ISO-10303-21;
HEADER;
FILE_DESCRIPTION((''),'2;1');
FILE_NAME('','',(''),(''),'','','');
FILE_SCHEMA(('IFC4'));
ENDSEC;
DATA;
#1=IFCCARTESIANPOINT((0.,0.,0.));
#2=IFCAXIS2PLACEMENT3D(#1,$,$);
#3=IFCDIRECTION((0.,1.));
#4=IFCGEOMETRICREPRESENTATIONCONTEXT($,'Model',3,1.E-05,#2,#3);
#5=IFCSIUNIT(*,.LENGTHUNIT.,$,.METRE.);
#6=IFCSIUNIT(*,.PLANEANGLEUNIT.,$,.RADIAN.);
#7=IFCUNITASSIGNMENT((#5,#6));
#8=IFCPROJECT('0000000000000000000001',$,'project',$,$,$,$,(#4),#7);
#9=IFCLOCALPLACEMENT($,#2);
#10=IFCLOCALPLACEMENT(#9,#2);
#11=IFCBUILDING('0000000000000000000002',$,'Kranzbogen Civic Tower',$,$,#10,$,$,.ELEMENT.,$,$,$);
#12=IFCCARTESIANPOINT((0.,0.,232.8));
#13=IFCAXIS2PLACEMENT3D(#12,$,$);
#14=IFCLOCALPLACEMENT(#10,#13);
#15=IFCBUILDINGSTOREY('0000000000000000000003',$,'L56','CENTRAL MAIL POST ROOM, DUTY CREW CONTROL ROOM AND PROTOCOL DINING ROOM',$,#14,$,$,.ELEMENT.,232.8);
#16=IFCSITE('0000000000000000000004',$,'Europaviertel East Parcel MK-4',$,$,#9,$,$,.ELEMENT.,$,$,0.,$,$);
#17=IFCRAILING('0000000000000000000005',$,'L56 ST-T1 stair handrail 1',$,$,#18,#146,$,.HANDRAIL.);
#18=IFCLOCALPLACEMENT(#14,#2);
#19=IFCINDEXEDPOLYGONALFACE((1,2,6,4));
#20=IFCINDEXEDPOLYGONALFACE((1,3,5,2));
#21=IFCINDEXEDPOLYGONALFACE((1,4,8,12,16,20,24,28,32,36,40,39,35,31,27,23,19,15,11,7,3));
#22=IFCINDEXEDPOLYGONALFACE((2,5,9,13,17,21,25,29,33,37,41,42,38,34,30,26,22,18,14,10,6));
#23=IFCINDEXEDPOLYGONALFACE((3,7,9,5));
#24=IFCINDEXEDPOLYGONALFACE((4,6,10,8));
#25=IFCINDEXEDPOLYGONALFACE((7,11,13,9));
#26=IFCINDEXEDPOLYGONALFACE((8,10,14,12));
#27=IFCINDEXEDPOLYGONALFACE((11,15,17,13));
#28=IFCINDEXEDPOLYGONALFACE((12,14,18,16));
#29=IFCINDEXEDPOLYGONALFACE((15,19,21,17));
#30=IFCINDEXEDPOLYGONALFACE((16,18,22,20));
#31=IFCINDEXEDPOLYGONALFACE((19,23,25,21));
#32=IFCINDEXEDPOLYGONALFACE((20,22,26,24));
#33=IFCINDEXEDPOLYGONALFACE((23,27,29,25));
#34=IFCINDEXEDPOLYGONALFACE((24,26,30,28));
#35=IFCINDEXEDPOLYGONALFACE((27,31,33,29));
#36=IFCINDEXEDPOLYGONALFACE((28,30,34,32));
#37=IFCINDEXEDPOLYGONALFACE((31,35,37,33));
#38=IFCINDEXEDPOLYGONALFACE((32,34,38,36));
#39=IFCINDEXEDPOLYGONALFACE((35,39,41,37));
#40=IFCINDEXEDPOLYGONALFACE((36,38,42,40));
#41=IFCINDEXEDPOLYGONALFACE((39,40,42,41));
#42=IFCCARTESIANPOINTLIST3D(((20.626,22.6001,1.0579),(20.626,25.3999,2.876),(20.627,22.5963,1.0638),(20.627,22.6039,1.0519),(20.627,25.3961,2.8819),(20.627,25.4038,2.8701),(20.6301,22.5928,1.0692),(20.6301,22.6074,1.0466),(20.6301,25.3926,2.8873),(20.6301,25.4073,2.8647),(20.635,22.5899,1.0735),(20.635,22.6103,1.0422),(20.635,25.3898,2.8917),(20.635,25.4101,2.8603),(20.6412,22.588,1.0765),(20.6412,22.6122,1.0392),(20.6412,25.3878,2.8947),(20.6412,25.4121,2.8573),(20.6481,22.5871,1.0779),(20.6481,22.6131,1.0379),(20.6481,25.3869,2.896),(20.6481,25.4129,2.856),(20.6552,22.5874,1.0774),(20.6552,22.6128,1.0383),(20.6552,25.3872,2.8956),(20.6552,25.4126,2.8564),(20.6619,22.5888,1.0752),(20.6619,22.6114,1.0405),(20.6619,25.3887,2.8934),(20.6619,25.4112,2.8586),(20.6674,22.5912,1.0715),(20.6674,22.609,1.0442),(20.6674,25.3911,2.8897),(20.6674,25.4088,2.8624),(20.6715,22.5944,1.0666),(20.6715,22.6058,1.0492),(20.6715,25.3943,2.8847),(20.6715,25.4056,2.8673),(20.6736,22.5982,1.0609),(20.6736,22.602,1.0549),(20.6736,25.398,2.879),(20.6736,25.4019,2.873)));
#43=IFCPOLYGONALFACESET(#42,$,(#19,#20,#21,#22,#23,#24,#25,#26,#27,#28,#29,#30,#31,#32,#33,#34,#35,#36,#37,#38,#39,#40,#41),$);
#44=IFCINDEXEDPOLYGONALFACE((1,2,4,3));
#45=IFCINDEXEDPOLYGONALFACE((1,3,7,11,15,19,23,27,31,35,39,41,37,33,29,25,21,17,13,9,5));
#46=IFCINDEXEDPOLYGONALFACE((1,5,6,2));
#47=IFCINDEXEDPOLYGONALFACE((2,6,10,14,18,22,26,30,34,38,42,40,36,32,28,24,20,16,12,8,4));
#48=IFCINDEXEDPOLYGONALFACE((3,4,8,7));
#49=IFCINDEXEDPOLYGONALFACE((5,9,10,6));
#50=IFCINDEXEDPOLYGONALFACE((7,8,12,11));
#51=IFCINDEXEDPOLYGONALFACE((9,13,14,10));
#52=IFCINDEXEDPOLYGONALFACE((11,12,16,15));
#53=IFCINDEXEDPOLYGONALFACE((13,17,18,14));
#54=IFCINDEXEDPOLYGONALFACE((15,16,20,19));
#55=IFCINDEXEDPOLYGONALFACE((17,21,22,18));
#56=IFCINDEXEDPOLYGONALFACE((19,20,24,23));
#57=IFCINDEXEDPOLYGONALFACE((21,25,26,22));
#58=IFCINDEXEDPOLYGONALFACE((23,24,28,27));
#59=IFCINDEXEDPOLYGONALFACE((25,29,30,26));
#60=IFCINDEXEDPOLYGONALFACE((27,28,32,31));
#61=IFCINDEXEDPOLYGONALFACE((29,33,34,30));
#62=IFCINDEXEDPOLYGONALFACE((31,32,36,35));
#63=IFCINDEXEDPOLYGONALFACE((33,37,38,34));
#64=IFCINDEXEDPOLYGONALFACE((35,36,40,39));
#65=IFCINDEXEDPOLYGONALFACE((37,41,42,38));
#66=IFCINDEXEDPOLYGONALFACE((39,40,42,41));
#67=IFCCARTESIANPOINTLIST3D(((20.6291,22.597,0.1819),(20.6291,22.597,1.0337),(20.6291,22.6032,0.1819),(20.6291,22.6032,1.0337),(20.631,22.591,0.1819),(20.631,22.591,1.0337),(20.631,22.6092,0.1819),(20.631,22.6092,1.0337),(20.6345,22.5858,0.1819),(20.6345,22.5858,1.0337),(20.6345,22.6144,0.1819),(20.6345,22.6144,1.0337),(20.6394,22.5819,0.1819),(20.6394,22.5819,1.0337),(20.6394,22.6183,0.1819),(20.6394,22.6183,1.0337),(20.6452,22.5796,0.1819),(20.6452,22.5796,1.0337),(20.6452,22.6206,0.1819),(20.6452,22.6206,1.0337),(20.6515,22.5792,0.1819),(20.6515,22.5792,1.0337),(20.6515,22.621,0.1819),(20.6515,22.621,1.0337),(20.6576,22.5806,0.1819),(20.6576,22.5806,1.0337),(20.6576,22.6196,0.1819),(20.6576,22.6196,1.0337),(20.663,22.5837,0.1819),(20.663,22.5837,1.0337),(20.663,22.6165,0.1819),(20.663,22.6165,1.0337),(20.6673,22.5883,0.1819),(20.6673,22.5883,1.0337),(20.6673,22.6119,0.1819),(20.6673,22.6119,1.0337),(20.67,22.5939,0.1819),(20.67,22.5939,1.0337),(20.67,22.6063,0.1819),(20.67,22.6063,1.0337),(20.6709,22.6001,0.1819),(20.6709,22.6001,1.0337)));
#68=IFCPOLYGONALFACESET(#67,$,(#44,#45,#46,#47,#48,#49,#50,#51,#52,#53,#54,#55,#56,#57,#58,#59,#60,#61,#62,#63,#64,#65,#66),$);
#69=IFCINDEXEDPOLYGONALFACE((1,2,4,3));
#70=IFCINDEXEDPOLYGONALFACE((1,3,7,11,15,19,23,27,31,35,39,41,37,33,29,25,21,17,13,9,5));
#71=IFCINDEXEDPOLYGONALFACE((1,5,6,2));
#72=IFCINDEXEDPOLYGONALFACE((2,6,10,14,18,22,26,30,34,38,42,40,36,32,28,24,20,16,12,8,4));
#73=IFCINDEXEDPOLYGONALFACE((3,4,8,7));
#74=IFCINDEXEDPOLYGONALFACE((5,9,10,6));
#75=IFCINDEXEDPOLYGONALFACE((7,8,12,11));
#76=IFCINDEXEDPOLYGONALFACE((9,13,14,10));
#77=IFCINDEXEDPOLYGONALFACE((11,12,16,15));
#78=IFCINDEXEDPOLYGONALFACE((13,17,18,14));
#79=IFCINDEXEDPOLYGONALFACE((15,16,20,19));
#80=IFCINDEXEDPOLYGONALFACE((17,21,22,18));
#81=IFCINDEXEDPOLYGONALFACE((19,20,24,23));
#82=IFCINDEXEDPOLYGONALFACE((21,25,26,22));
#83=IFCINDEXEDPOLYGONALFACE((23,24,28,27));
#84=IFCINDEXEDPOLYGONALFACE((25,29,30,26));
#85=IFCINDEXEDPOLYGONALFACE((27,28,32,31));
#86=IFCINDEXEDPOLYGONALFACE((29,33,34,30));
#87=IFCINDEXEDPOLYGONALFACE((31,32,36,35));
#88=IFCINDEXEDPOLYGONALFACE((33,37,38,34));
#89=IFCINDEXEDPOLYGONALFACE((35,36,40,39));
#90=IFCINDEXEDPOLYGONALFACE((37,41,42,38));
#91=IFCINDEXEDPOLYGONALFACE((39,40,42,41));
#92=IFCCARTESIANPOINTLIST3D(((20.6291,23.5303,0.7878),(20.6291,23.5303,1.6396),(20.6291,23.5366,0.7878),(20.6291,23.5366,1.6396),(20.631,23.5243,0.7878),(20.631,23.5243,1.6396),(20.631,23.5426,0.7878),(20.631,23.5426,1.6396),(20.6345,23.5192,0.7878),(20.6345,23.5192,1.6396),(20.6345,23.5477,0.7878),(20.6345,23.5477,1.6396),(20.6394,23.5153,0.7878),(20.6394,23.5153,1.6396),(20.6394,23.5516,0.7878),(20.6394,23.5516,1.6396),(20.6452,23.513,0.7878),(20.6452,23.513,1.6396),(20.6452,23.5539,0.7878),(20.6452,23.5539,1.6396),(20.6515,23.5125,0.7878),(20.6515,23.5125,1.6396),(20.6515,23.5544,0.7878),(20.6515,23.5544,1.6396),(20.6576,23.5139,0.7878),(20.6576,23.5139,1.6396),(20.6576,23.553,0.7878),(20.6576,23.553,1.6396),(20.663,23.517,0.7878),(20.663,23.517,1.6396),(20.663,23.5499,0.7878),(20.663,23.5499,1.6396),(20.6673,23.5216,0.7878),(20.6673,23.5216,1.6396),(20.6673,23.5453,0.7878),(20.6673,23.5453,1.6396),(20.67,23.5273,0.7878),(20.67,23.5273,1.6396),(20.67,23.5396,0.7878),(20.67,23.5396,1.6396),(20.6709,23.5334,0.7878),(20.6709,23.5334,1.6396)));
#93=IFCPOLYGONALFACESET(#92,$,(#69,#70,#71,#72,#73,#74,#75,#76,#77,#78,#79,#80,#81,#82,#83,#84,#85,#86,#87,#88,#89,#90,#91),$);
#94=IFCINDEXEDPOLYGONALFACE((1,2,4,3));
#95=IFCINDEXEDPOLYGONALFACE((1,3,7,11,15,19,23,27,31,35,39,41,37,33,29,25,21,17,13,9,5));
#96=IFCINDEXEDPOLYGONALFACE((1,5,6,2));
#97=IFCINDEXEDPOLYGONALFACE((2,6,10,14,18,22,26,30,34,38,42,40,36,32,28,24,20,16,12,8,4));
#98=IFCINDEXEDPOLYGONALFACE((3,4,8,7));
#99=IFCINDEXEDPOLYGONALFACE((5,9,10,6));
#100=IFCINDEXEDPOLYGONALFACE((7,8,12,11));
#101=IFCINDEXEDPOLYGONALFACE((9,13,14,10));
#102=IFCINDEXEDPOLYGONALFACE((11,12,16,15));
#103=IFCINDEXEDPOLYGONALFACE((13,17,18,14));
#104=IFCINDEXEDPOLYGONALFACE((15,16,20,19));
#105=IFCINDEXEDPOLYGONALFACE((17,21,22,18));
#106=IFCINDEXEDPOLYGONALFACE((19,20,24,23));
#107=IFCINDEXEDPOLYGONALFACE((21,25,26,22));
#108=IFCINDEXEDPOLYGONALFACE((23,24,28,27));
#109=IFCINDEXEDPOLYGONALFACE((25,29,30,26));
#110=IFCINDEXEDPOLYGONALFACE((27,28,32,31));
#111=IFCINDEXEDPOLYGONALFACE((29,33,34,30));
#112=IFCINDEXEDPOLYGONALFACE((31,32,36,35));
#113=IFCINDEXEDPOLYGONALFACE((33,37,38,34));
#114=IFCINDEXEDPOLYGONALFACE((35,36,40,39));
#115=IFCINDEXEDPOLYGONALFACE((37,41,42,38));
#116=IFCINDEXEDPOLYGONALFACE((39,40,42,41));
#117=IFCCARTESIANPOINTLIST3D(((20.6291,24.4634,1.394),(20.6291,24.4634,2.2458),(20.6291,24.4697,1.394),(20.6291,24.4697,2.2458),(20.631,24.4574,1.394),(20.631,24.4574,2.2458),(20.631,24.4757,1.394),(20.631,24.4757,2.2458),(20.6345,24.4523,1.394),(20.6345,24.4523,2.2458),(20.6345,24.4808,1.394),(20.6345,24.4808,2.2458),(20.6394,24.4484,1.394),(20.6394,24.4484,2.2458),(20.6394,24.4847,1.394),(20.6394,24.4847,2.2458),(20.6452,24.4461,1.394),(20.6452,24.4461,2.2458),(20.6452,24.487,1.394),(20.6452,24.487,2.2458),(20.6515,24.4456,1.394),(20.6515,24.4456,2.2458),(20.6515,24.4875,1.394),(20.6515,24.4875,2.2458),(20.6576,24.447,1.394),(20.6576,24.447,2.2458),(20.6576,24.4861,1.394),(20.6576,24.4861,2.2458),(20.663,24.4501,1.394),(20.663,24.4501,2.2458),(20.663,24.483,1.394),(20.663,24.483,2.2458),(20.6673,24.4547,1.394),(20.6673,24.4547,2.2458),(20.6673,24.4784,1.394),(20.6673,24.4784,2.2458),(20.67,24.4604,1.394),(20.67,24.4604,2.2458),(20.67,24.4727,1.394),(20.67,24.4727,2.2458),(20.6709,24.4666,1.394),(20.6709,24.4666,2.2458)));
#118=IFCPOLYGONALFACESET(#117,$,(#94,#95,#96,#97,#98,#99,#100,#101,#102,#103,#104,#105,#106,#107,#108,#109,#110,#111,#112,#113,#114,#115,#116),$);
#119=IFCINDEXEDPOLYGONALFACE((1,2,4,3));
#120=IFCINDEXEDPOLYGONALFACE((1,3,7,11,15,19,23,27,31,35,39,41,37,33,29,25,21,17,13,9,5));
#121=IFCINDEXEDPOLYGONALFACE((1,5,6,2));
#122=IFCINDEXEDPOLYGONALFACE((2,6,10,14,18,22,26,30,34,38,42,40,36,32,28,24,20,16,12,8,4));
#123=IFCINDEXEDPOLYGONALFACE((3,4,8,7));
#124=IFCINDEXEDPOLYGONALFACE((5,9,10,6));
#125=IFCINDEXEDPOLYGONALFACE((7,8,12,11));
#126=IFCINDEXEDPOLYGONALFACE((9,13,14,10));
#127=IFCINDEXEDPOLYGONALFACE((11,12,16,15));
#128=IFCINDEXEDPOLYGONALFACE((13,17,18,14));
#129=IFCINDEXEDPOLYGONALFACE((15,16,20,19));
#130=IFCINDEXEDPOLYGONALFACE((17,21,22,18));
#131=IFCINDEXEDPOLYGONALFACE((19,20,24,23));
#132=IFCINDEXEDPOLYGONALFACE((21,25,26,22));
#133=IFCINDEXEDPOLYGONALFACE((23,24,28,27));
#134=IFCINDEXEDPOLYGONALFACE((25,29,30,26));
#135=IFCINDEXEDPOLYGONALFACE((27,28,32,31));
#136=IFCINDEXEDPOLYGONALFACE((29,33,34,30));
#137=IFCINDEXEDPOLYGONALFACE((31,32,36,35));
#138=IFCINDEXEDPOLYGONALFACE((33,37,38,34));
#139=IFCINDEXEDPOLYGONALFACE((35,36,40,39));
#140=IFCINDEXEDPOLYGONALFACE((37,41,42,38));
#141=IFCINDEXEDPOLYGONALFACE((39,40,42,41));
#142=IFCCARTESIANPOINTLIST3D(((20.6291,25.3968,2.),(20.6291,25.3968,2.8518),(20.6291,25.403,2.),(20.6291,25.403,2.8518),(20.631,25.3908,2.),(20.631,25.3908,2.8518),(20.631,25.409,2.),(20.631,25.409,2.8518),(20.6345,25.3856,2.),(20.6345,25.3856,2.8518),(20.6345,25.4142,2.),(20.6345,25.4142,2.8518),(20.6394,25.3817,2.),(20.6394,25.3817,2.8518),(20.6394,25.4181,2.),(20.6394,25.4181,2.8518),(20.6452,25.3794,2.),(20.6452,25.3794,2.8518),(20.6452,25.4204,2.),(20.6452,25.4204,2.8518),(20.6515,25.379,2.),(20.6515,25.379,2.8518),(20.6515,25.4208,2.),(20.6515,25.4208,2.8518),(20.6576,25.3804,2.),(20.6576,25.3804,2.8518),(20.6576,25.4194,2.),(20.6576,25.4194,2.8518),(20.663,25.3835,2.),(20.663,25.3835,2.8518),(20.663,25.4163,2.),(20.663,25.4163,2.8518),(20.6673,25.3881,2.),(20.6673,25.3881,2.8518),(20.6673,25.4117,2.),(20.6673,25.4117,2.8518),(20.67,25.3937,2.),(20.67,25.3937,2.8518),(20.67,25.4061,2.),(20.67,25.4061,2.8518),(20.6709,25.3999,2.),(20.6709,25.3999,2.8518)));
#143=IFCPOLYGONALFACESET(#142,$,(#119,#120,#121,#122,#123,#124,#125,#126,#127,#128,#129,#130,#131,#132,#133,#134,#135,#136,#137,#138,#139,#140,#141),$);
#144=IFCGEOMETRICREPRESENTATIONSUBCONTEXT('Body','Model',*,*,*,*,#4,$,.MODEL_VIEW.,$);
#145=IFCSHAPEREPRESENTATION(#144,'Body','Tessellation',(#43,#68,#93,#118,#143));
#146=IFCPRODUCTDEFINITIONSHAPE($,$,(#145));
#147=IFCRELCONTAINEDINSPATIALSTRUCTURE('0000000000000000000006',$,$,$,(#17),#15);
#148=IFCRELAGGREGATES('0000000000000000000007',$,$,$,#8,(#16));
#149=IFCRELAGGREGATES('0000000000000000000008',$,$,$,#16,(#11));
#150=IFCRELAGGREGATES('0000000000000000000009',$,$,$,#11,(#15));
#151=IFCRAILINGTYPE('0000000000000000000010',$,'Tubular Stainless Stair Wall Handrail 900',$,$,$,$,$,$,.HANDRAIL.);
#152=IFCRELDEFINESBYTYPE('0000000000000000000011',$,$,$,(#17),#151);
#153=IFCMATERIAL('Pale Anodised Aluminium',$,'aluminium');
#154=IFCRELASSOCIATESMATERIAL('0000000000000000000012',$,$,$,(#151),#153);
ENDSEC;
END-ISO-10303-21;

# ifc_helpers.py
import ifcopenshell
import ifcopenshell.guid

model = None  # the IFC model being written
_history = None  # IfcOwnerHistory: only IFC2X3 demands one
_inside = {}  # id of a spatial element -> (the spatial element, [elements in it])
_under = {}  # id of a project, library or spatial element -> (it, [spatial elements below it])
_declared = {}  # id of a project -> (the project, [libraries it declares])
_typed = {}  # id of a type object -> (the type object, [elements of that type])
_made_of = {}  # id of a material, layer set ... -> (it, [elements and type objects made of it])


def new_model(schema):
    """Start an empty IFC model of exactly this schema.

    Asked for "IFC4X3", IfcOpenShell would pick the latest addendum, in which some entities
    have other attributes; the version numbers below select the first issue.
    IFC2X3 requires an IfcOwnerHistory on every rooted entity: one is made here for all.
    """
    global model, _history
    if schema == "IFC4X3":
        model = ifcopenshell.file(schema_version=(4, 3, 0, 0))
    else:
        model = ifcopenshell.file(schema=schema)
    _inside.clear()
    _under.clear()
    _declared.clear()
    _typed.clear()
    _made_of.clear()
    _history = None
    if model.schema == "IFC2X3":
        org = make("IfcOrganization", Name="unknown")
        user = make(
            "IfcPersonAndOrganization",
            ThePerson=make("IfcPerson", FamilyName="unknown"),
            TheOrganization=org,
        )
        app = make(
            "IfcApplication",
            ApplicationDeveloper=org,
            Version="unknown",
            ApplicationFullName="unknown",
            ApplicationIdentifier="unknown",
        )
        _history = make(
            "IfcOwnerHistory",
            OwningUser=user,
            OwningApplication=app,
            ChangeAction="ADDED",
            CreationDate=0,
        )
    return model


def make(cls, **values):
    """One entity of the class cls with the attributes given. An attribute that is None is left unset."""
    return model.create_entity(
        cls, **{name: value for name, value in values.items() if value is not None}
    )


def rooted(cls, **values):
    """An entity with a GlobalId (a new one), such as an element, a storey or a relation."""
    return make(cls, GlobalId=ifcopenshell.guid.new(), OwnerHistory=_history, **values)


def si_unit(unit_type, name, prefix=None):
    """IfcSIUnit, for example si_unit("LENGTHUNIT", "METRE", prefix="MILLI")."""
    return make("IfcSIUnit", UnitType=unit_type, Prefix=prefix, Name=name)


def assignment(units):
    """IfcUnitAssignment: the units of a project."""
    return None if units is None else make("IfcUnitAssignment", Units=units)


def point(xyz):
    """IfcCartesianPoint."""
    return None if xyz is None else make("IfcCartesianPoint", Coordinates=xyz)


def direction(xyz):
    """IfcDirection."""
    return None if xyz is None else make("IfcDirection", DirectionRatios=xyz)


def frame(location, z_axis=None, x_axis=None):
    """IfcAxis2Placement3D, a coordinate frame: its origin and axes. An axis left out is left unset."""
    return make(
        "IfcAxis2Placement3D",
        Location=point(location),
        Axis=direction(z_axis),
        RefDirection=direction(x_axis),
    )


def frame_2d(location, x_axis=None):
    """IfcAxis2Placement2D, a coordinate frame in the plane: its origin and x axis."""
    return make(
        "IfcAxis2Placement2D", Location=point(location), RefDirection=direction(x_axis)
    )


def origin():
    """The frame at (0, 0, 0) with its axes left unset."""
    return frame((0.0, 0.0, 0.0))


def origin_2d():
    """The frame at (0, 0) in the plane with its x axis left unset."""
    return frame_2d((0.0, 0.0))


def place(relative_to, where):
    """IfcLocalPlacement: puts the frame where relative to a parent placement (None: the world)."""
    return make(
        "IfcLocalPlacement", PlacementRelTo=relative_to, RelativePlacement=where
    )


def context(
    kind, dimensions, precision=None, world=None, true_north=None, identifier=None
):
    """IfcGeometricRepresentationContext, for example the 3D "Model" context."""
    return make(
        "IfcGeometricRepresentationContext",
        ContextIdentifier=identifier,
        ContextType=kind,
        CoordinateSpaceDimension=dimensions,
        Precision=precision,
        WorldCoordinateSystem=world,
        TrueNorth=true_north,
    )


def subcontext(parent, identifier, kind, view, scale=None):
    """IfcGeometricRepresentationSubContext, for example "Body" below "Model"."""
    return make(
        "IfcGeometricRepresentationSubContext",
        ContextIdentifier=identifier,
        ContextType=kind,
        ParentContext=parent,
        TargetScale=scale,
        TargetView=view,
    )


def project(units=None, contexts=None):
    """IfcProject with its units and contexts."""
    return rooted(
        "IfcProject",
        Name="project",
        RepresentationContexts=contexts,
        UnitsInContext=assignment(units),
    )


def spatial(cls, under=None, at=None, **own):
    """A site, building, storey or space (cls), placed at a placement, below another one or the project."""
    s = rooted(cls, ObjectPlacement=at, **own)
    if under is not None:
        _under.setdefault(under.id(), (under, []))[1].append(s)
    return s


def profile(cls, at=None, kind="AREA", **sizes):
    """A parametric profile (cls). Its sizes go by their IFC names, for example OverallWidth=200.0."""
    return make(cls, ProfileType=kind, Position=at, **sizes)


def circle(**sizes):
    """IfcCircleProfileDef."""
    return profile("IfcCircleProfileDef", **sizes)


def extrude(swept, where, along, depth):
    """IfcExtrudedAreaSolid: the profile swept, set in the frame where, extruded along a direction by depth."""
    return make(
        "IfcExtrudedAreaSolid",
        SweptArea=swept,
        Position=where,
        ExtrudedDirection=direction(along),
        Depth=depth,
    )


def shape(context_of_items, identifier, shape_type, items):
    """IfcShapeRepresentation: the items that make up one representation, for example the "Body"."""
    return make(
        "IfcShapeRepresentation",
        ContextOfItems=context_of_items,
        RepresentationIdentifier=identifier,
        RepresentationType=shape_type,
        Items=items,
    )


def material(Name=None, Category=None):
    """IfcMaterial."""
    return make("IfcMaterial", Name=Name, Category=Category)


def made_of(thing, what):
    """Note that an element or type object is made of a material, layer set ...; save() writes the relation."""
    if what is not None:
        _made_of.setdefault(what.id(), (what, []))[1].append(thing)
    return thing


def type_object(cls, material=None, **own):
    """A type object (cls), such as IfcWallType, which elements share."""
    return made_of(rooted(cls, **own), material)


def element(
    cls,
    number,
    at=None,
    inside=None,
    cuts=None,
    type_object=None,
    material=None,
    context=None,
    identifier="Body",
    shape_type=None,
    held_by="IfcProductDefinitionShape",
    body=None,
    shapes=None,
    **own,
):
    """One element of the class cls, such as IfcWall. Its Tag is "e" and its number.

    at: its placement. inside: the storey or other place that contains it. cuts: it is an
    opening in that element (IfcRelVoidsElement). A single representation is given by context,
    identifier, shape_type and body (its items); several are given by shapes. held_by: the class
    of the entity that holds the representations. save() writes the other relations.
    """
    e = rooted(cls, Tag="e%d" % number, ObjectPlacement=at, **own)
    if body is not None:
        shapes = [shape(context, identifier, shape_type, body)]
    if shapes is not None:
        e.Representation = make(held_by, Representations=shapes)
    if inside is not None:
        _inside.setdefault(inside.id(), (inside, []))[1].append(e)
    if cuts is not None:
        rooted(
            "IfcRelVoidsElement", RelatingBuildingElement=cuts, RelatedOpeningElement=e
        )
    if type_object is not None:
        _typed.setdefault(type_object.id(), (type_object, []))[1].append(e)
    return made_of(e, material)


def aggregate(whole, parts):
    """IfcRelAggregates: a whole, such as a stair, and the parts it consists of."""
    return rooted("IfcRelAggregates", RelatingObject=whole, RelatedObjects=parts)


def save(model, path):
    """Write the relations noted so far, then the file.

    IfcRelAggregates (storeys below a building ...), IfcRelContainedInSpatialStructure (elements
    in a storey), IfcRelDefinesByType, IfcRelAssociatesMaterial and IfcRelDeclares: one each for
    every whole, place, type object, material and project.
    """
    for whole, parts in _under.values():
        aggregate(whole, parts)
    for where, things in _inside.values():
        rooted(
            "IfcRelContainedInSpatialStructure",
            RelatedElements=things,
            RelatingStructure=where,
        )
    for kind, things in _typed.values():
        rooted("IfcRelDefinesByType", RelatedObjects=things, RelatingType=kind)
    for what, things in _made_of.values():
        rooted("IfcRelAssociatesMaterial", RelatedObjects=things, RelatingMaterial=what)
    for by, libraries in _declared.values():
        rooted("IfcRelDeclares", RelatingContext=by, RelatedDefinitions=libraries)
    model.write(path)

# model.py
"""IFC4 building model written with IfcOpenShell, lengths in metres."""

from ifc_helpers import new_model, si_unit, direction, frame, origin, origin_2d, place, context, subcontext, project, spatial, circle, extrude, material, type_object, element, save


model = new_model("IFC4")

# Units and contexts
model_context = context("Model", 3, precision=1e-05, world=origin(), true_north=direction((0.0, 1.0)))
body_context = subcontext(model_context, "Body", "Model", "MODEL_VIEW")
ifc_project = project(units=[si_unit("LENGTHUNIT", "METRE"), si_unit("PLANEANGLEUNIT", "RADIAN")], contexts=[model_context])

# Site, building, storey
site_placement = place(None, origin())
site = spatial("IfcSite", under=ifc_project, at=site_placement, Name="Europaviertel East Parcel MK-4", CompositionType="ELEMENT", RefElevation=0.0)
building_placement = place(site_placement, origin())
building = spatial("IfcBuilding", under=site, at=building_placement, Name="Kranzbogen Civic Tower", CompositionType="ELEMENT")
storey_placement = place(building_placement, frame((0.0, 0.0, 232.8)))
storey = spatial("IfcBuildingStorey", under=building, at=storey_placement, Name="L56", Description="CENTRAL MAIL POST ROOM, DUTY CREW CONTROL ROOM AND PROTOCOL DINING ROOM", CompositionType="ELEMENT", Elevation=232.8)

# Shared definitions
ifc_material_1 = material(Name="Pale Anodised Aluminium", Category="aluminium")

# Railing
railing_type_1 = type_object("IfcRailingType", Name="Tubular Stainless Stair Wall Handrail 900", PredefinedType="HANDRAIL", material=ifc_material_1)
railing_1_placement = place(storey_placement, frame((20.6499, 22.6001, 0.1819)))
element("IfcRailing", 1, at=railing_1_placement, inside=storey, type_object=railing_type_1, Name="L56 ST-T1 stair handrail 1", PredefinedType="HANDRAIL", context=body_context, shape_type="SweptSolid", body=[
    extrude(circle(Radius=0.0239, at=origin_2d()), frame((0.0, 0.0, 0.876), z_axis=(0.0, 0.838684, 0.544618), x_axis=(-1.0, 0.0, 0.0)), (0.0, 0.0, 1.0), 3.3384),
    extrude(circle(Radius=0.021, at=origin_2d()), origin(), (0.0, 0.0, 1.0), 0.8518),
    extrude(circle(Radius=0.021, at=origin_2d()), frame((0.0, 0.9333, 0.606)), (0.0, 0.0, 1.0), 0.8518),
    extrude(circle(Radius=0.021, at=origin_2d()), frame((0.0, 1.8665, 1.2122)), (0.0, 0.0, 1.0), 0.8518),
    extrude(circle(Radius=0.021, at=origin_2d()), frame((0.0, 2.7998, 1.8181)), (0.0, 0.0, 1.0), 0.8518),
])

save(model, "model.ifc")
